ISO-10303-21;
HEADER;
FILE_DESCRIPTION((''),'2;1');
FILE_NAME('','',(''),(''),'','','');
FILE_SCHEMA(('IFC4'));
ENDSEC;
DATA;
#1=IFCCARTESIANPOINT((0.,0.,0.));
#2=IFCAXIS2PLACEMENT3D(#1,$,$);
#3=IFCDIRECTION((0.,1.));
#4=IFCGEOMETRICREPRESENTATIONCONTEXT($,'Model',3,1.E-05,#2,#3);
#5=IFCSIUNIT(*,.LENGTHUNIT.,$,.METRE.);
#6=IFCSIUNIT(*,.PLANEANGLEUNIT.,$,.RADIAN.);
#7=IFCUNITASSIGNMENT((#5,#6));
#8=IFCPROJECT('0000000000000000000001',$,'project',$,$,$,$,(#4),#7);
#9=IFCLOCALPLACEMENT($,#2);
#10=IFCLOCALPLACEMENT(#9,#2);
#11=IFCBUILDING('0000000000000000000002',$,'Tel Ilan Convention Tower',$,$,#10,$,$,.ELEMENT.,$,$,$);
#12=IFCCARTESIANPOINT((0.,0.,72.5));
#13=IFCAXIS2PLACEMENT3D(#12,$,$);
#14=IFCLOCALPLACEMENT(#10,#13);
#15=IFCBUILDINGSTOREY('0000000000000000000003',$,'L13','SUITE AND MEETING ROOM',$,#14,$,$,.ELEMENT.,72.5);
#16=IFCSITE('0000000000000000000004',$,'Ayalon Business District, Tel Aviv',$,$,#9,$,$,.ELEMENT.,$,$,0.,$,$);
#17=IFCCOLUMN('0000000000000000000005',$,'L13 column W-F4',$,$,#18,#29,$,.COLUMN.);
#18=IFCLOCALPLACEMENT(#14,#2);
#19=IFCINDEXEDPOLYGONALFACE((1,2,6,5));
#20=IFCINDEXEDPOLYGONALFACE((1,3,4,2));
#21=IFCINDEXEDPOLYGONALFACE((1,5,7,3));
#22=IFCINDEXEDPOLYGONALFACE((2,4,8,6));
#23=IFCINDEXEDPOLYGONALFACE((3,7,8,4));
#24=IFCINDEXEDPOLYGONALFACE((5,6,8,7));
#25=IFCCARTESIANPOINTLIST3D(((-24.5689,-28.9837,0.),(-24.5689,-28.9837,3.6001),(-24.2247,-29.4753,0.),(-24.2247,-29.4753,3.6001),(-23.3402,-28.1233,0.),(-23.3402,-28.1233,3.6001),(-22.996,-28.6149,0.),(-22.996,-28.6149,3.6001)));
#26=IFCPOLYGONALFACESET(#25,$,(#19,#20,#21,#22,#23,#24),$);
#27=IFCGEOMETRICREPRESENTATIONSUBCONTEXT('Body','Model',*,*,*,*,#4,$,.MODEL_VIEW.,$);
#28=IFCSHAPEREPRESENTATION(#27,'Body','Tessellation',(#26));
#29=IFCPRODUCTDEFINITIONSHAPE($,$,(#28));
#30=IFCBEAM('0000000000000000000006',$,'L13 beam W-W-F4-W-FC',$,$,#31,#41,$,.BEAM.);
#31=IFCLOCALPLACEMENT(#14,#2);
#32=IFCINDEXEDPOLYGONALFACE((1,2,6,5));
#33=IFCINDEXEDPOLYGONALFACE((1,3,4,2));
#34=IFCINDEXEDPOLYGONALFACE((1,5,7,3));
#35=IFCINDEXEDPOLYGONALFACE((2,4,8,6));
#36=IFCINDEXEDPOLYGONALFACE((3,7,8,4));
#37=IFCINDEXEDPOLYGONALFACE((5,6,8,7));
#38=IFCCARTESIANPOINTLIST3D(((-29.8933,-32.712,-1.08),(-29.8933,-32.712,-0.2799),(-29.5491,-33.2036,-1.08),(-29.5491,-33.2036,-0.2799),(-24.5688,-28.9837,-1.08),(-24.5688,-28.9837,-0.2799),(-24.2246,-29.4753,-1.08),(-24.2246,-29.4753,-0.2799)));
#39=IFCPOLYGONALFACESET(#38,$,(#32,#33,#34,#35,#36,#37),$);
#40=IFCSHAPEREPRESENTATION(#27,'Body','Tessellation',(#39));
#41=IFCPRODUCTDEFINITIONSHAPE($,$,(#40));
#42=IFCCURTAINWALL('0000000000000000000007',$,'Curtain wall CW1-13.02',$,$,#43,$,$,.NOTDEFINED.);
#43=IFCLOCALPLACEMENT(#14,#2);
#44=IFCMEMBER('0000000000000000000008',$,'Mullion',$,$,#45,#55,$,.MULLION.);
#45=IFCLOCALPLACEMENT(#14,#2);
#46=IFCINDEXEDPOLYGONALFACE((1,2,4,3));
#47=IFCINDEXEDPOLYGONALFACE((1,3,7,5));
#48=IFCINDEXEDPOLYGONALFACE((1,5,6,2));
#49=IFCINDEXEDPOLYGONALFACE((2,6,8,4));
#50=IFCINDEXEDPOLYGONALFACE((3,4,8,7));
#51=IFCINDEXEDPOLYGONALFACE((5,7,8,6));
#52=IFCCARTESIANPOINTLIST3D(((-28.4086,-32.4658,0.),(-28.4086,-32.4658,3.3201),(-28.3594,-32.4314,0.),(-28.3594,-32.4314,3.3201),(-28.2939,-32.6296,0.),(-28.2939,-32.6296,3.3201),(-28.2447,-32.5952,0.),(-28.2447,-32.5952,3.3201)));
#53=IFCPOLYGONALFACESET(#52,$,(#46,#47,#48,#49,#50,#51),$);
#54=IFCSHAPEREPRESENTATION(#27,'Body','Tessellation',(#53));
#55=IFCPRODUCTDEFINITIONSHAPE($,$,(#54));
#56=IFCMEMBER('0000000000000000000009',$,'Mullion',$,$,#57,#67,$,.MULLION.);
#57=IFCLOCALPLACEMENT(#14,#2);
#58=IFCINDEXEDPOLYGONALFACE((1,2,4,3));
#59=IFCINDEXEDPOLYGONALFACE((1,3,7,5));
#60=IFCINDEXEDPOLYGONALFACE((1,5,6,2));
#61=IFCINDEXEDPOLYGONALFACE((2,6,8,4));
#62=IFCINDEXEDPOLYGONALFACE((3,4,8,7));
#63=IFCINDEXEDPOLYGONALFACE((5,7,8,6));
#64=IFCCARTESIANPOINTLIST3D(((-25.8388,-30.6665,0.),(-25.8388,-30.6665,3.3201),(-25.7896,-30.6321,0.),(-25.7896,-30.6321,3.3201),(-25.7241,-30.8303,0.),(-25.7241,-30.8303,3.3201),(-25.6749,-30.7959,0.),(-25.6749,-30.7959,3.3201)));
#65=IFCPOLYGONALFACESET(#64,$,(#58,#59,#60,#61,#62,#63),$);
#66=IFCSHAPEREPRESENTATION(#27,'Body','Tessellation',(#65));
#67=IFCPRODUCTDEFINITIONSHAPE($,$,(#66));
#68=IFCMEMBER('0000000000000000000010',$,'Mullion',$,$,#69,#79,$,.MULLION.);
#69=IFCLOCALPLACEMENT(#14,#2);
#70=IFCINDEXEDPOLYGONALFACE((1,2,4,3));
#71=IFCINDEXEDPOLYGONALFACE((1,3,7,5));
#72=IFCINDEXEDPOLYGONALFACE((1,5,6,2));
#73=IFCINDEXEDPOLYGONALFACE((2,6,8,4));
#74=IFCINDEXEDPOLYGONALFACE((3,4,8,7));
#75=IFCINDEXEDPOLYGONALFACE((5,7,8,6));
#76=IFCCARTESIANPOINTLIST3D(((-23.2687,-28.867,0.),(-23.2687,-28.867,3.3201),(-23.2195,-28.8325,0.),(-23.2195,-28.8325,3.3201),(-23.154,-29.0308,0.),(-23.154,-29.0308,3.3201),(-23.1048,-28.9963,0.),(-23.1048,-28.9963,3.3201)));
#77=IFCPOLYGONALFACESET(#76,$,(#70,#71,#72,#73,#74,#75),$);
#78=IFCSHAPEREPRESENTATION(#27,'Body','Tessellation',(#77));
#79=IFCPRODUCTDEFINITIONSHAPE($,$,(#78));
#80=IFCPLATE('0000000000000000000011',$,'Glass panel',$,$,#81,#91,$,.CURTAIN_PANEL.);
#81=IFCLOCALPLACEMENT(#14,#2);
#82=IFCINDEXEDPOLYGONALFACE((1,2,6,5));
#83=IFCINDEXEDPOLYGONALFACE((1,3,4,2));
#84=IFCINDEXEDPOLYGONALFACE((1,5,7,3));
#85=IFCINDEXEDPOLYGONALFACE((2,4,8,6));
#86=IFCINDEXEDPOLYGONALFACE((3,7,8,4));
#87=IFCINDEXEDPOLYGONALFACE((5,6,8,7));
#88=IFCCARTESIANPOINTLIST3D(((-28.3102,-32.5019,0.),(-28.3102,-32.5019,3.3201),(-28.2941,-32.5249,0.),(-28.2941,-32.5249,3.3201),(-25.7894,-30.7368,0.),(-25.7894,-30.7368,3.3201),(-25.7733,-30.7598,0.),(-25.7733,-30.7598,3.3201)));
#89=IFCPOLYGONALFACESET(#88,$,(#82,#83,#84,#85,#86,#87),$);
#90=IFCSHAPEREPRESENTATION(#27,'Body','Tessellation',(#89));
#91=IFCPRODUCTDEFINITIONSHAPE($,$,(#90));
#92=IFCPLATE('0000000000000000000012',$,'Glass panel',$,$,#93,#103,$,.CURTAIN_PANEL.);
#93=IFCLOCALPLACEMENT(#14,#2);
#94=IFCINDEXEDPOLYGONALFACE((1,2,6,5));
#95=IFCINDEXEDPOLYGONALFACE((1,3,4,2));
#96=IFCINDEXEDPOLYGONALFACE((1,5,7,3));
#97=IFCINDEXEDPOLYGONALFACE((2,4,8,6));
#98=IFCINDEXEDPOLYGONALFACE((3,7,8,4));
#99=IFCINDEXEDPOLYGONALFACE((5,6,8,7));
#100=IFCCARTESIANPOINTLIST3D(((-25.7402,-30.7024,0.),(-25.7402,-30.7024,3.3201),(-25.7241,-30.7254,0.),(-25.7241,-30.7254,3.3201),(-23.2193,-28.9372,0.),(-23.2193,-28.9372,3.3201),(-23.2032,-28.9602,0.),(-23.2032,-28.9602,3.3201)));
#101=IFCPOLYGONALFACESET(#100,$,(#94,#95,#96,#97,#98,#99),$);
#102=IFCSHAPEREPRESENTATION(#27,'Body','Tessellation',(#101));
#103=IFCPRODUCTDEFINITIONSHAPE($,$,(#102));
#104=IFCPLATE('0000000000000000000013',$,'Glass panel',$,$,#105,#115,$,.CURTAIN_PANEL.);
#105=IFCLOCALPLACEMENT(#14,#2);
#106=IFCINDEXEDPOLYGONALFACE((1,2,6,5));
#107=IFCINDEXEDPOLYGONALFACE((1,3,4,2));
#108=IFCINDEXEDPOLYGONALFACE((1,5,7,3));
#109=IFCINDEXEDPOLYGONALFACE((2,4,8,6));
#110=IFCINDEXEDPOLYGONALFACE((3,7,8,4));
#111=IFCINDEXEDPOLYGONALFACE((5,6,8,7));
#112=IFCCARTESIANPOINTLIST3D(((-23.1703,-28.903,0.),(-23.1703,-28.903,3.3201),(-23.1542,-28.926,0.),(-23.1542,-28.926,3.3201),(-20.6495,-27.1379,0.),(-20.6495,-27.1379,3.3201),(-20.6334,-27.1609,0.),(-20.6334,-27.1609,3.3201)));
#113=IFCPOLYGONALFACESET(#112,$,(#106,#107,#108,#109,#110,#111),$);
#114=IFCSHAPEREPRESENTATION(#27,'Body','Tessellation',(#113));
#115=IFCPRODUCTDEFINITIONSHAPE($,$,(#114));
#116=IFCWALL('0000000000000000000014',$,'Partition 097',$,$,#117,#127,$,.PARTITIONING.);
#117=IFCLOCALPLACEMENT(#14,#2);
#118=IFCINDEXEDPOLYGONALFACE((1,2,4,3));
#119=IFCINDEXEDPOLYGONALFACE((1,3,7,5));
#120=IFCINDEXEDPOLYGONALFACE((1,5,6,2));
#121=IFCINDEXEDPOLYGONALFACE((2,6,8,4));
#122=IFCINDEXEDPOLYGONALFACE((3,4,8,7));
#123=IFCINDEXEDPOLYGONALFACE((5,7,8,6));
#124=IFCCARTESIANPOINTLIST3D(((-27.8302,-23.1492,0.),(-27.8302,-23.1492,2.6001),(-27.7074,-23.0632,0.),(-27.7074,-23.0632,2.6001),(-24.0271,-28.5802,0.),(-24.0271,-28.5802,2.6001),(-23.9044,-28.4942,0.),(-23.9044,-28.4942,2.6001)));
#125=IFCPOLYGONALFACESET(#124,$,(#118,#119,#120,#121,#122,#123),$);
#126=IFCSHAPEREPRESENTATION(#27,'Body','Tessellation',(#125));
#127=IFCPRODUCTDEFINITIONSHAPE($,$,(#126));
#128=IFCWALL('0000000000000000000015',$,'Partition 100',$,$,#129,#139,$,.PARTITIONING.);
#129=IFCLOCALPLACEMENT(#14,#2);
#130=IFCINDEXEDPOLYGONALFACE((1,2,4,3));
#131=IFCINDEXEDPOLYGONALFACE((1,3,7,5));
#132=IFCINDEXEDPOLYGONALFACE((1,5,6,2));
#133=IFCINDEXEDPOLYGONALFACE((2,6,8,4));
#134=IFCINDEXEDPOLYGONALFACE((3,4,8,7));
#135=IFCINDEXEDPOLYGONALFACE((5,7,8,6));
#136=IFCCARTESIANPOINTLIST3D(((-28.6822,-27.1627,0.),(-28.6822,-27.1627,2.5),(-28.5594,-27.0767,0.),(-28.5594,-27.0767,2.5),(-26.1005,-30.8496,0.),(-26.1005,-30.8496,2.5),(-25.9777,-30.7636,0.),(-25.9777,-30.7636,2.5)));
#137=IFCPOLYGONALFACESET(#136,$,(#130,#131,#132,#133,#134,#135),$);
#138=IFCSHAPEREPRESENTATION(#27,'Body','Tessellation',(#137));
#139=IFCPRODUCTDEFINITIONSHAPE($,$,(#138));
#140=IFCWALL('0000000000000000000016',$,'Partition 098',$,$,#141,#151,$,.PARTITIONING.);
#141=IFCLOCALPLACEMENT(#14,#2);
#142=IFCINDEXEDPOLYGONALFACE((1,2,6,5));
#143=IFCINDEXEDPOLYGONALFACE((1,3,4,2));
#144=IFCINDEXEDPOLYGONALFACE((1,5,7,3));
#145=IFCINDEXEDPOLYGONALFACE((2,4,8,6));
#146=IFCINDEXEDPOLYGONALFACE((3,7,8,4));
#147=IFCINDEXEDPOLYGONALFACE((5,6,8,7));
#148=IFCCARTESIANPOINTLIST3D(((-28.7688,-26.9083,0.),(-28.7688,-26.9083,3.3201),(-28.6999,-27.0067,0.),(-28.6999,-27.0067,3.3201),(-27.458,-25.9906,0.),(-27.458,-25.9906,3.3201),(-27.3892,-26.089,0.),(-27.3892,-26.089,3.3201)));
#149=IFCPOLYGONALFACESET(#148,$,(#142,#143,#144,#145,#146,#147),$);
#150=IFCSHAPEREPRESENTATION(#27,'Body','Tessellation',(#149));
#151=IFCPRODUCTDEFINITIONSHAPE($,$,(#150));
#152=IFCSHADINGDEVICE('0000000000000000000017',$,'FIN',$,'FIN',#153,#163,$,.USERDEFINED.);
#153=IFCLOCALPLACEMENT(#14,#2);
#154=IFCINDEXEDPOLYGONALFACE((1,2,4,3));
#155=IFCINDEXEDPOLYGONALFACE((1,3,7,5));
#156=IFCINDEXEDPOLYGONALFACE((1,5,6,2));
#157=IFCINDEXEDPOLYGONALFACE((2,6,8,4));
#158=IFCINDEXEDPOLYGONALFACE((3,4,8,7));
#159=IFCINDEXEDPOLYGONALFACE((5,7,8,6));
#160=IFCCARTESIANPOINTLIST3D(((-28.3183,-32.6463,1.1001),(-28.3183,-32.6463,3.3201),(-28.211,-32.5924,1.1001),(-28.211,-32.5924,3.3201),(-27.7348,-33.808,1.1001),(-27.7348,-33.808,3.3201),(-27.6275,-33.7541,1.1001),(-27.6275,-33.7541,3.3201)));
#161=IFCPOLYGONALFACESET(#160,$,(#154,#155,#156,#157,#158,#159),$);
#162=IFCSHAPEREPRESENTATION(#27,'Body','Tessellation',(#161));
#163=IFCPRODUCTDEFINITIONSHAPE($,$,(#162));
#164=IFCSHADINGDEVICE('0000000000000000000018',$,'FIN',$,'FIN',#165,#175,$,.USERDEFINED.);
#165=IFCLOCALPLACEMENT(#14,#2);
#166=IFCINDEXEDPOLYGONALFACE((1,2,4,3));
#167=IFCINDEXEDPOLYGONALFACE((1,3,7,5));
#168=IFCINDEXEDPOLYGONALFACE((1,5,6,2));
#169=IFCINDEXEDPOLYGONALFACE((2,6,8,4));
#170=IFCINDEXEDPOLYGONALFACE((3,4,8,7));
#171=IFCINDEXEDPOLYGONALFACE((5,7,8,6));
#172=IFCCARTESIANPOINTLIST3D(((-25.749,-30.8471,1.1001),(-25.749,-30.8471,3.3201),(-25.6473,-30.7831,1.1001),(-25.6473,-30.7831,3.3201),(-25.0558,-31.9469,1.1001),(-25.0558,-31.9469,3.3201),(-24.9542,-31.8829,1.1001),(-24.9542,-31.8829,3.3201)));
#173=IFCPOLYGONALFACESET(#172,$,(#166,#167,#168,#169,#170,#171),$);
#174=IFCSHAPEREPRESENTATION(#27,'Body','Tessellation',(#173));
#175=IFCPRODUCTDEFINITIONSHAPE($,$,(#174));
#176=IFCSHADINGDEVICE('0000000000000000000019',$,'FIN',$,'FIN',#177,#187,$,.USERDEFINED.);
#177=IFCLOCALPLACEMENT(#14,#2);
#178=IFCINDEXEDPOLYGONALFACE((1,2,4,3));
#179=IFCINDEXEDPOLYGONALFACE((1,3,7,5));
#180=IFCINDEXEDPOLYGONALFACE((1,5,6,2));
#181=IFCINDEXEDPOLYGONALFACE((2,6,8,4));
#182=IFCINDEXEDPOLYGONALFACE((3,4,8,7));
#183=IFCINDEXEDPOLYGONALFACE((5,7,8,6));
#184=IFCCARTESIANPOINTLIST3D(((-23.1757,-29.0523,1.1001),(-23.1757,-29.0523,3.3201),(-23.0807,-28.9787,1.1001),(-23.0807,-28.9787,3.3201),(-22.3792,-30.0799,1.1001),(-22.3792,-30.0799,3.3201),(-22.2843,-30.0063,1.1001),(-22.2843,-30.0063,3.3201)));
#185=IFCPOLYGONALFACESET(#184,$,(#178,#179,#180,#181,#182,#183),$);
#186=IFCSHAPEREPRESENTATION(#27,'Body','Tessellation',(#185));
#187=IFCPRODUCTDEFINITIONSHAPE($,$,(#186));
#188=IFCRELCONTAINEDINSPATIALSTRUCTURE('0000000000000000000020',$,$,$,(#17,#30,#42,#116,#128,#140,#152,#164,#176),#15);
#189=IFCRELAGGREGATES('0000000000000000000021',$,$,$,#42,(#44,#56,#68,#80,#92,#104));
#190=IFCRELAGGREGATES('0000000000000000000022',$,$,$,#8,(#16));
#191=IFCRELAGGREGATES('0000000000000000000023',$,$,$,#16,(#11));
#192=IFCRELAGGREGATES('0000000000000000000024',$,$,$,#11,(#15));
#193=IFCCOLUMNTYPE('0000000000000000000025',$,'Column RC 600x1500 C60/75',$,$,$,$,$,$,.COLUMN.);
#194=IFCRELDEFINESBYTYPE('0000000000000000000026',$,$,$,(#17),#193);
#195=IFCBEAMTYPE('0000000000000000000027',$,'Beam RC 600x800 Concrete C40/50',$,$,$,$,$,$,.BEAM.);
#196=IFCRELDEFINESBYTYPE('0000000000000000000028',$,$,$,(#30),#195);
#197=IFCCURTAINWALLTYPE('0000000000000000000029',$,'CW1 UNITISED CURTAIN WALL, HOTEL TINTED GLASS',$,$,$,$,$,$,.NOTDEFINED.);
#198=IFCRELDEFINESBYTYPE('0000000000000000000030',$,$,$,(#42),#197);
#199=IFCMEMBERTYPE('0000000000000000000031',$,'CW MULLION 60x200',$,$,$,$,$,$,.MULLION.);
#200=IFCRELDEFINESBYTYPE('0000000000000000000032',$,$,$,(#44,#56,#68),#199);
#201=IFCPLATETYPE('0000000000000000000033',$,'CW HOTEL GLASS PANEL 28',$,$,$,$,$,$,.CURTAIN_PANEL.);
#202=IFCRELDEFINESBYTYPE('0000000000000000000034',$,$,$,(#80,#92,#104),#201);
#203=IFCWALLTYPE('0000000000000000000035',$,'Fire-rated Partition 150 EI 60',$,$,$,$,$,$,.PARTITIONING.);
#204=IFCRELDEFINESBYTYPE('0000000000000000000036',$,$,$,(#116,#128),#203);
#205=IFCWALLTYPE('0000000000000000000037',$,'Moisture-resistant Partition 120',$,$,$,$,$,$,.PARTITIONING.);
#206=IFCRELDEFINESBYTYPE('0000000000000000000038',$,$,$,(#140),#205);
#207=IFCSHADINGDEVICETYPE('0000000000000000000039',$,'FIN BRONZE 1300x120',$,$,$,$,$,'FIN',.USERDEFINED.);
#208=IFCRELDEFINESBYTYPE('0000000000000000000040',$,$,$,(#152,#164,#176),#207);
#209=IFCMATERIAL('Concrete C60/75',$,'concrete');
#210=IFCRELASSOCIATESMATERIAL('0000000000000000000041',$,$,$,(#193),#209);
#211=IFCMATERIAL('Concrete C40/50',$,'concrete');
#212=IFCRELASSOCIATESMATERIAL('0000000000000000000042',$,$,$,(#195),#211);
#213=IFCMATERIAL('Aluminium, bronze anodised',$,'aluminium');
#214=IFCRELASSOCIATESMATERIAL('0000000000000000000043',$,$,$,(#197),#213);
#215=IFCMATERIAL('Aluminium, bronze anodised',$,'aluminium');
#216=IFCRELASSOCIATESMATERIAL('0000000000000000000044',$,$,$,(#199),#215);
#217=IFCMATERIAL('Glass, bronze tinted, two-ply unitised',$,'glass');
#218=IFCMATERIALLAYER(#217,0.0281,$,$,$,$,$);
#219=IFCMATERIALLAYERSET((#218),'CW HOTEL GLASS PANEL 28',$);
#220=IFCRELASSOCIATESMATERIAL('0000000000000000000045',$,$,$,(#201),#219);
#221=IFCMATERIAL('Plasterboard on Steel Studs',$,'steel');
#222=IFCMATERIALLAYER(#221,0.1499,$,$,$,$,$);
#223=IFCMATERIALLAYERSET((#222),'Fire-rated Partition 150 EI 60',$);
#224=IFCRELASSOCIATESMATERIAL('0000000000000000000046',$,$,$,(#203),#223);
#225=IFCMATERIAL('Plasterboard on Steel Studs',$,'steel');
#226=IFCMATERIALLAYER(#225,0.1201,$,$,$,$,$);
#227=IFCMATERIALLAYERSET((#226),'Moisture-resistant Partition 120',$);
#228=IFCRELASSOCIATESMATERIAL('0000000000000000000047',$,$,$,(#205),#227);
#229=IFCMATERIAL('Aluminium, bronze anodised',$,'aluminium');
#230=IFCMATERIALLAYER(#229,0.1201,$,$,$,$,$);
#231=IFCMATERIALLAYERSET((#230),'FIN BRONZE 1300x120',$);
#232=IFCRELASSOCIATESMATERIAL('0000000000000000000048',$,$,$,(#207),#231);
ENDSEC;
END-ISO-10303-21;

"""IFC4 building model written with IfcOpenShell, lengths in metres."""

from ifc_helpers import new_model, si_unit, direction, frame, frame_2d, origin, origin_2d, place, context, subcontext, project, spatial, rectangle, extrude, material, layer, layer_set, material_profile, profile_set, type_object, element, aggregate, save


model = new_model("IFC4")

# Units and contexts
model_context = context("Model", 3, precision=1e-05, world=origin(), true_north=direction((0.0, 1.0)))
body_context = subcontext(model_context, "Body", "Model", "MODEL_VIEW")
ifc_project = project(units=[si_unit("LENGTHUNIT", "METRE"), si_unit("PLANEANGLEUNIT", "RADIAN")], contexts=[model_context])

# Site, building, storey
site_placement = place(None, origin())
site = spatial("IfcSite", under=ifc_project, at=site_placement, Name="Ayalon Business District, Tel Aviv", CompositionType="ELEMENT", RefElevation=0.0)
building_placement = place(site_placement, origin())
building = spatial("IfcBuilding", under=site, at=building_placement, Name="Tel Ilan Convention Tower", CompositionType="ELEMENT")
storey_placement = place(building_placement, frame((0.0, 0.0, 72.5)))
storey = spatial("IfcBuildingStorey", under=building, at=storey_placement, Name="L13", Description="SUITE AND MEETING ROOM", CompositionType="ELEMENT", Elevation=72.5)

# Column
ifc_material_1 = material(Name="Concrete C60/75", Category="concrete")
ifc_material_profile_1 = material_profile(ifc_material_1, rectangle(XDim=1.5, YDim=0.6001, at=origin_2d()), Name="RC 600x1500")
ifc_profile_set_1 = profile_set([ifc_material_profile_1], Name="Concrete C60/75")
column_type = type_object("IfcColumnType", Name="Column RC 600x1500 C60/75", PredefinedType="COLUMN", material=ifc_profile_set_1)
column_placement = place(storey_placement, frame((-23.7825, -28.7993, 0.0), z_axis=(0.0, 0.0, 1.0), x_axis=(-0.819152, -0.573576, 0.0)))
element("IfcColumn", 1, at=column_placement, inside=storey, type_object=column_type, Name="L13 column W-F4", PredefinedType="COLUMN", context=body_context, shape_type="SweptSolid", body=[
    extrude(rectangle(XDim=1.5, YDim=0.6001, at=origin_2d()), origin(), (0.0, 0.0, 1.0), 3.6001),
])

# Beam
ifc_material_2 = material(Name="Concrete C40/50", Category="concrete")
ifc_material_profile_2 = material_profile(ifc_material_2, rectangle(XDim=0.6001, YDim=0.8, at=origin_2d()), Name="RC 600x800")
ifc_profile_set_2 = profile_set([ifc_material_profile_2], Name="Concrete C40/50")
beam_type = type_object("IfcBeamType", Name="Beam RC 600x800 Concrete C40/50", PredefinedType="BEAM", material=ifc_profile_set_2)
beam_placement = place(storey_placement, frame((-24.3967, -29.2295, -0.6799), z_axis=(-0.819149, -0.573581, 0.0), x_axis=(0.573581, -0.819149, 0.0)))
element("IfcBeam", 2, at=beam_placement, inside=storey, type_object=beam_type, Name="L13 beam W-W-F4-W-FC", PredefinedType="BEAM", context=body_context, shape_type="SweptSolid", body=[
    extrude(rectangle(XDim=0.6001, YDim=0.8, at=origin_2d()), origin(), (0.0, 0.0, 1.0), 6.5),
])

# Curtain wall, members, plates
ifc_material_3 = material(Name="Aluminium, bronze anodised", Category="aluminium")
curtain_wall_type = type_object("IfcCurtainWallType", Name="CW1 UNITISED CURTAIN WALL, HOTEL TINTED GLASS", PredefinedType="NOTDEFINED", material=ifc_material_3)
curtain_wall_placement = place(storey_placement, origin())
curtain_wall = element("IfcCurtainWall", 3, at=curtain_wall_placement, inside=storey, type_object=curtain_wall_type, Name="Curtain wall CW1-13.02", PredefinedType="NOTDEFINED")
ifc_material_4 = material(Name="Aluminium, bronze anodised", Category="aluminium")
ifc_material_profile_3 = material_profile(ifc_material_4, rectangle(XDim=0.0601, YDim=0.2, at=origin_2d()), Name="CW MULLION 60x200")
ifc_profile_set_3 = profile_set([ifc_material_profile_3], Name="Aluminium, bronze anodised")
member_type = type_object("IfcMemberType", Name="CW MULLION 60x200", PredefinedType="MULLION", material=ifc_profile_set_3)
member_1_placement = place(storey_placement, frame((-28.3267, -32.5305, 0.0), z_axis=(0.0, 0.0, 1.0), x_axis=(0.819152, 0.573576, 0.0)))
member_1 = element("IfcMember", 4, at=member_1_placement, type_object=member_type, Name="Mullion", PredefinedType="MULLION", context=body_context, shape_type="SweptSolid", body=[
    extrude(rectangle(XDim=0.0601, YDim=0.2, at=origin_2d()), origin(), (0.0, 0.0, 1.0), 3.3201),
])
member_2_placement = place(storey_placement, frame((-25.7568, -30.7312, 0.0), z_axis=(0.0, 0.0, 1.0), x_axis=(0.819152, 0.573576, 0.0)))
member_2 = element("IfcMember", 5, at=member_2_placement, type_object=member_type, Name="Mullion", PredefinedType="MULLION", context=body_context, shape_type="SweptSolid", body=[
    extrude(rectangle(XDim=0.0601, YDim=0.2, at=origin_2d()), origin(), (0.0, 0.0, 1.0), 3.3201),
])
member_3_placement = place(storey_placement, frame((-23.1868, -28.9316, 0.0), z_axis=(0.0, 0.0, 1.0), x_axis=(0.819152, 0.573576, 0.0)))
member_3 = element("IfcMember", 6, at=member_3_placement, type_object=member_type, Name="Mullion", PredefinedType="MULLION", context=body_context, shape_type="SweptSolid", body=[
    extrude(rectangle(XDim=0.0601, YDim=0.2, at=origin_2d()), origin(), (0.0, 0.0, 1.0), 3.3201),
])
ifc_material_5 = material(Name="Glass, bronze tinted, two-ply unitised", Category="glass")
ifc_layer_1 = layer(ifc_material_5, 0.0281)
ifc_layer_set_1 = layer_set([ifc_layer_1], Name="CW HOTEL GLASS PANEL 28")
plate_type = type_object("IfcPlateType", Name="CW HOTEL GLASS PANEL 28", PredefinedType="CURTAIN_PANEL", material=ifc_layer_set_1)
plate_1_placement = place(storey_placement, frame((-27.0417, -31.6309, 0.0), z_axis=(0.0, 0.0, 1.0), x_axis=(0.819152, 0.573576, 0.0)))
plate_1 = element("IfcPlate", 7, at=plate_1_placement, type_object=plate_type, Name="Glass panel", PredefinedType="CURTAIN_PANEL", context=body_context, shape_type="SweptSolid", body=[
    extrude(rectangle(XDim=3.0774, YDim=0.0281, at=origin_2d()), origin(), (0.0, 0.0, 1.0), 3.3201),
])
plate_2_placement = place(storey_placement, frame((-24.4717, -29.8313, 0.0), z_axis=(0.0, 0.0, 1.0), x_axis=(0.819152, 0.573576, 0.0)))
plate_2 = element("IfcPlate", 8, at=plate_2_placement, type_object=plate_type, Name="Glass panel", PredefinedType="CURTAIN_PANEL", context=body_context, shape_type="SweptSolid", body=[
    extrude(rectangle(XDim=3.0774, YDim=0.0281, at=origin_2d()), origin(), (0.0, 0.0, 1.0), 3.3201),
])
plate_3_placement = place(storey_placement, frame((-21.9019, -28.032, 0.0), z_axis=(0.0, 0.0, 1.0), x_axis=(0.819152, 0.573576, 0.0)))
plate_3 = element("IfcPlate", 9, at=plate_3_placement, type_object=plate_type, Name="Glass panel", PredefinedType="CURTAIN_PANEL", context=body_context, shape_type="SweptSolid", body=[
    extrude(rectangle(XDim=3.0774, YDim=0.0281, at=origin_2d()), origin(), (0.0, 0.0, 1.0), 3.3201),
])
aggregate(curtain_wall, [member_1, member_2, member_3, plate_1, plate_2, plate_3])

# Walls
ifc_material_6 = material(Name="Plasterboard on Steel Studs", Category="steel")
ifc_layer_2 = layer(ifc_material_6, 0.1499)
ifc_layer_set_2 = layer_set([ifc_layer_2], Name="Fire-rated Partition 150 EI 60")
wall_type_1 = type_object("IfcWallType", Name="Fire-rated Partition 150 EI 60", PredefinedType="PARTITIONING", material=ifc_layer_set_2)
wall_1_placement = place(storey_placement, frame((-23.9658, -28.5371, 0.0), z_axis=(0.0, 0.0, 1.0), x_axis=(-0.573598, 0.819137, 0.0)))
element("IfcWall", 10, at=wall_1_placement, inside=storey, type_object=wall_type_1, Name="Partition 097", PredefinedType="PARTITIONING", context=body_context, shape_type="SweptSolid", body=[
    extrude(rectangle(XDim=6.6301, YDim=0.1499, at=frame_2d((3.3149, 0.0))), origin(), (0.0, 0.0, 1.0), 2.6001),
])
wall_2_placement = place(storey_placement, frame((-26.0391, -30.8066, 0.0), z_axis=(0.0, 0.0, 1.0), x_axis=(-0.573593, 0.81914, 0.0)))
element("IfcWall", 11, at=wall_2_placement, inside=storey, type_object=wall_type_1, Name="Partition 100", PredefinedType="PARTITIONING", context=body_context, shape_type="SweptSolid", body=[
    extrude(rectangle(XDim=4.501, YDim=0.1499, at=frame_2d((2.2505, 0.0))), origin(), (0.0, 0.0, 1.0), 2.5),
])
ifc_material_7 = material(Name="Plasterboard on Steel Studs", Category="steel")
ifc_layer_3 = layer(ifc_material_7, 0.1201)
ifc_layer_set_3 = layer_set([ifc_layer_3], Name="Moisture-resistant Partition 120")
wall_type_2 = type_object("IfcWallType", Name="Moisture-resistant Partition 120", PredefinedType="PARTITIONING", material=ifc_layer_set_3)
wall_3_placement = place(storey_placement, frame((-28.7344, -26.9575, 0.0), z_axis=(0.0, 0.0, 1.0), x_axis=(0.819182, 0.573534, 0.0)))
element("IfcWall", 12, at=wall_3_placement, inside=storey, type_object=wall_type_2, Name="Partition 098", PredefinedType="PARTITIONING", context=body_context, shape_type="SweptSolid", body=[
    extrude(rectangle(XDim=1.6001, YDim=0.1201, at=frame_2d((0.8, 0.0))), origin(), (0.0, 0.0, 1.0), 3.3201),
])

# Shading devices
ifc_material_8 = material(Name="Aluminium, bronze anodised", Category="aluminium")
ifc_layer_4 = layer(ifc_material_8, 0.1201)
ifc_layer_set_4 = layer_set([ifc_layer_4], Name="FIN BRONZE 1300x120")
shading_device_type = type_object("IfcShadingDeviceType", Name="FIN BRONZE 1300x120", ElementType="FIN", PredefinedType="USERDEFINED", material=ifc_layer_set_4)
for number, where, z_axis, x_axis, name in (
    (13, (-27.9729, -33.2002, 1.1001), (0.0, 0.0, 1.0), (0.448799, -0.893633, 0.0), "FIN"),
    (14, (-25.3516, -31.365, 1.1001), (0.0, 0.0, 1.0), (0.533204, -0.845986, 0.0), "FIN"),
    (15, (-22.73, -29.5293, 1.1001), (0.0, 0.0, 1.0), (0.612601, -0.790393, 0.0), "FIN"),
):
    element("IfcShadingDevice", number, at=place(storey_placement, frame(where, z_axis=z_axis, x_axis=x_axis)), inside=storey, type_object=shading_device_type, Name=name, ObjectType="FIN", PredefinedType="USERDEFINED", context=body_context, shape_type="SweptSolid", body=[
        extrude(rectangle(XDim=1.3, YDim=0.1201, at=origin_2d()), origin(), (0.0, 0.0, 1.0), 2.22),
    ])

save(model, "model.ifc")
